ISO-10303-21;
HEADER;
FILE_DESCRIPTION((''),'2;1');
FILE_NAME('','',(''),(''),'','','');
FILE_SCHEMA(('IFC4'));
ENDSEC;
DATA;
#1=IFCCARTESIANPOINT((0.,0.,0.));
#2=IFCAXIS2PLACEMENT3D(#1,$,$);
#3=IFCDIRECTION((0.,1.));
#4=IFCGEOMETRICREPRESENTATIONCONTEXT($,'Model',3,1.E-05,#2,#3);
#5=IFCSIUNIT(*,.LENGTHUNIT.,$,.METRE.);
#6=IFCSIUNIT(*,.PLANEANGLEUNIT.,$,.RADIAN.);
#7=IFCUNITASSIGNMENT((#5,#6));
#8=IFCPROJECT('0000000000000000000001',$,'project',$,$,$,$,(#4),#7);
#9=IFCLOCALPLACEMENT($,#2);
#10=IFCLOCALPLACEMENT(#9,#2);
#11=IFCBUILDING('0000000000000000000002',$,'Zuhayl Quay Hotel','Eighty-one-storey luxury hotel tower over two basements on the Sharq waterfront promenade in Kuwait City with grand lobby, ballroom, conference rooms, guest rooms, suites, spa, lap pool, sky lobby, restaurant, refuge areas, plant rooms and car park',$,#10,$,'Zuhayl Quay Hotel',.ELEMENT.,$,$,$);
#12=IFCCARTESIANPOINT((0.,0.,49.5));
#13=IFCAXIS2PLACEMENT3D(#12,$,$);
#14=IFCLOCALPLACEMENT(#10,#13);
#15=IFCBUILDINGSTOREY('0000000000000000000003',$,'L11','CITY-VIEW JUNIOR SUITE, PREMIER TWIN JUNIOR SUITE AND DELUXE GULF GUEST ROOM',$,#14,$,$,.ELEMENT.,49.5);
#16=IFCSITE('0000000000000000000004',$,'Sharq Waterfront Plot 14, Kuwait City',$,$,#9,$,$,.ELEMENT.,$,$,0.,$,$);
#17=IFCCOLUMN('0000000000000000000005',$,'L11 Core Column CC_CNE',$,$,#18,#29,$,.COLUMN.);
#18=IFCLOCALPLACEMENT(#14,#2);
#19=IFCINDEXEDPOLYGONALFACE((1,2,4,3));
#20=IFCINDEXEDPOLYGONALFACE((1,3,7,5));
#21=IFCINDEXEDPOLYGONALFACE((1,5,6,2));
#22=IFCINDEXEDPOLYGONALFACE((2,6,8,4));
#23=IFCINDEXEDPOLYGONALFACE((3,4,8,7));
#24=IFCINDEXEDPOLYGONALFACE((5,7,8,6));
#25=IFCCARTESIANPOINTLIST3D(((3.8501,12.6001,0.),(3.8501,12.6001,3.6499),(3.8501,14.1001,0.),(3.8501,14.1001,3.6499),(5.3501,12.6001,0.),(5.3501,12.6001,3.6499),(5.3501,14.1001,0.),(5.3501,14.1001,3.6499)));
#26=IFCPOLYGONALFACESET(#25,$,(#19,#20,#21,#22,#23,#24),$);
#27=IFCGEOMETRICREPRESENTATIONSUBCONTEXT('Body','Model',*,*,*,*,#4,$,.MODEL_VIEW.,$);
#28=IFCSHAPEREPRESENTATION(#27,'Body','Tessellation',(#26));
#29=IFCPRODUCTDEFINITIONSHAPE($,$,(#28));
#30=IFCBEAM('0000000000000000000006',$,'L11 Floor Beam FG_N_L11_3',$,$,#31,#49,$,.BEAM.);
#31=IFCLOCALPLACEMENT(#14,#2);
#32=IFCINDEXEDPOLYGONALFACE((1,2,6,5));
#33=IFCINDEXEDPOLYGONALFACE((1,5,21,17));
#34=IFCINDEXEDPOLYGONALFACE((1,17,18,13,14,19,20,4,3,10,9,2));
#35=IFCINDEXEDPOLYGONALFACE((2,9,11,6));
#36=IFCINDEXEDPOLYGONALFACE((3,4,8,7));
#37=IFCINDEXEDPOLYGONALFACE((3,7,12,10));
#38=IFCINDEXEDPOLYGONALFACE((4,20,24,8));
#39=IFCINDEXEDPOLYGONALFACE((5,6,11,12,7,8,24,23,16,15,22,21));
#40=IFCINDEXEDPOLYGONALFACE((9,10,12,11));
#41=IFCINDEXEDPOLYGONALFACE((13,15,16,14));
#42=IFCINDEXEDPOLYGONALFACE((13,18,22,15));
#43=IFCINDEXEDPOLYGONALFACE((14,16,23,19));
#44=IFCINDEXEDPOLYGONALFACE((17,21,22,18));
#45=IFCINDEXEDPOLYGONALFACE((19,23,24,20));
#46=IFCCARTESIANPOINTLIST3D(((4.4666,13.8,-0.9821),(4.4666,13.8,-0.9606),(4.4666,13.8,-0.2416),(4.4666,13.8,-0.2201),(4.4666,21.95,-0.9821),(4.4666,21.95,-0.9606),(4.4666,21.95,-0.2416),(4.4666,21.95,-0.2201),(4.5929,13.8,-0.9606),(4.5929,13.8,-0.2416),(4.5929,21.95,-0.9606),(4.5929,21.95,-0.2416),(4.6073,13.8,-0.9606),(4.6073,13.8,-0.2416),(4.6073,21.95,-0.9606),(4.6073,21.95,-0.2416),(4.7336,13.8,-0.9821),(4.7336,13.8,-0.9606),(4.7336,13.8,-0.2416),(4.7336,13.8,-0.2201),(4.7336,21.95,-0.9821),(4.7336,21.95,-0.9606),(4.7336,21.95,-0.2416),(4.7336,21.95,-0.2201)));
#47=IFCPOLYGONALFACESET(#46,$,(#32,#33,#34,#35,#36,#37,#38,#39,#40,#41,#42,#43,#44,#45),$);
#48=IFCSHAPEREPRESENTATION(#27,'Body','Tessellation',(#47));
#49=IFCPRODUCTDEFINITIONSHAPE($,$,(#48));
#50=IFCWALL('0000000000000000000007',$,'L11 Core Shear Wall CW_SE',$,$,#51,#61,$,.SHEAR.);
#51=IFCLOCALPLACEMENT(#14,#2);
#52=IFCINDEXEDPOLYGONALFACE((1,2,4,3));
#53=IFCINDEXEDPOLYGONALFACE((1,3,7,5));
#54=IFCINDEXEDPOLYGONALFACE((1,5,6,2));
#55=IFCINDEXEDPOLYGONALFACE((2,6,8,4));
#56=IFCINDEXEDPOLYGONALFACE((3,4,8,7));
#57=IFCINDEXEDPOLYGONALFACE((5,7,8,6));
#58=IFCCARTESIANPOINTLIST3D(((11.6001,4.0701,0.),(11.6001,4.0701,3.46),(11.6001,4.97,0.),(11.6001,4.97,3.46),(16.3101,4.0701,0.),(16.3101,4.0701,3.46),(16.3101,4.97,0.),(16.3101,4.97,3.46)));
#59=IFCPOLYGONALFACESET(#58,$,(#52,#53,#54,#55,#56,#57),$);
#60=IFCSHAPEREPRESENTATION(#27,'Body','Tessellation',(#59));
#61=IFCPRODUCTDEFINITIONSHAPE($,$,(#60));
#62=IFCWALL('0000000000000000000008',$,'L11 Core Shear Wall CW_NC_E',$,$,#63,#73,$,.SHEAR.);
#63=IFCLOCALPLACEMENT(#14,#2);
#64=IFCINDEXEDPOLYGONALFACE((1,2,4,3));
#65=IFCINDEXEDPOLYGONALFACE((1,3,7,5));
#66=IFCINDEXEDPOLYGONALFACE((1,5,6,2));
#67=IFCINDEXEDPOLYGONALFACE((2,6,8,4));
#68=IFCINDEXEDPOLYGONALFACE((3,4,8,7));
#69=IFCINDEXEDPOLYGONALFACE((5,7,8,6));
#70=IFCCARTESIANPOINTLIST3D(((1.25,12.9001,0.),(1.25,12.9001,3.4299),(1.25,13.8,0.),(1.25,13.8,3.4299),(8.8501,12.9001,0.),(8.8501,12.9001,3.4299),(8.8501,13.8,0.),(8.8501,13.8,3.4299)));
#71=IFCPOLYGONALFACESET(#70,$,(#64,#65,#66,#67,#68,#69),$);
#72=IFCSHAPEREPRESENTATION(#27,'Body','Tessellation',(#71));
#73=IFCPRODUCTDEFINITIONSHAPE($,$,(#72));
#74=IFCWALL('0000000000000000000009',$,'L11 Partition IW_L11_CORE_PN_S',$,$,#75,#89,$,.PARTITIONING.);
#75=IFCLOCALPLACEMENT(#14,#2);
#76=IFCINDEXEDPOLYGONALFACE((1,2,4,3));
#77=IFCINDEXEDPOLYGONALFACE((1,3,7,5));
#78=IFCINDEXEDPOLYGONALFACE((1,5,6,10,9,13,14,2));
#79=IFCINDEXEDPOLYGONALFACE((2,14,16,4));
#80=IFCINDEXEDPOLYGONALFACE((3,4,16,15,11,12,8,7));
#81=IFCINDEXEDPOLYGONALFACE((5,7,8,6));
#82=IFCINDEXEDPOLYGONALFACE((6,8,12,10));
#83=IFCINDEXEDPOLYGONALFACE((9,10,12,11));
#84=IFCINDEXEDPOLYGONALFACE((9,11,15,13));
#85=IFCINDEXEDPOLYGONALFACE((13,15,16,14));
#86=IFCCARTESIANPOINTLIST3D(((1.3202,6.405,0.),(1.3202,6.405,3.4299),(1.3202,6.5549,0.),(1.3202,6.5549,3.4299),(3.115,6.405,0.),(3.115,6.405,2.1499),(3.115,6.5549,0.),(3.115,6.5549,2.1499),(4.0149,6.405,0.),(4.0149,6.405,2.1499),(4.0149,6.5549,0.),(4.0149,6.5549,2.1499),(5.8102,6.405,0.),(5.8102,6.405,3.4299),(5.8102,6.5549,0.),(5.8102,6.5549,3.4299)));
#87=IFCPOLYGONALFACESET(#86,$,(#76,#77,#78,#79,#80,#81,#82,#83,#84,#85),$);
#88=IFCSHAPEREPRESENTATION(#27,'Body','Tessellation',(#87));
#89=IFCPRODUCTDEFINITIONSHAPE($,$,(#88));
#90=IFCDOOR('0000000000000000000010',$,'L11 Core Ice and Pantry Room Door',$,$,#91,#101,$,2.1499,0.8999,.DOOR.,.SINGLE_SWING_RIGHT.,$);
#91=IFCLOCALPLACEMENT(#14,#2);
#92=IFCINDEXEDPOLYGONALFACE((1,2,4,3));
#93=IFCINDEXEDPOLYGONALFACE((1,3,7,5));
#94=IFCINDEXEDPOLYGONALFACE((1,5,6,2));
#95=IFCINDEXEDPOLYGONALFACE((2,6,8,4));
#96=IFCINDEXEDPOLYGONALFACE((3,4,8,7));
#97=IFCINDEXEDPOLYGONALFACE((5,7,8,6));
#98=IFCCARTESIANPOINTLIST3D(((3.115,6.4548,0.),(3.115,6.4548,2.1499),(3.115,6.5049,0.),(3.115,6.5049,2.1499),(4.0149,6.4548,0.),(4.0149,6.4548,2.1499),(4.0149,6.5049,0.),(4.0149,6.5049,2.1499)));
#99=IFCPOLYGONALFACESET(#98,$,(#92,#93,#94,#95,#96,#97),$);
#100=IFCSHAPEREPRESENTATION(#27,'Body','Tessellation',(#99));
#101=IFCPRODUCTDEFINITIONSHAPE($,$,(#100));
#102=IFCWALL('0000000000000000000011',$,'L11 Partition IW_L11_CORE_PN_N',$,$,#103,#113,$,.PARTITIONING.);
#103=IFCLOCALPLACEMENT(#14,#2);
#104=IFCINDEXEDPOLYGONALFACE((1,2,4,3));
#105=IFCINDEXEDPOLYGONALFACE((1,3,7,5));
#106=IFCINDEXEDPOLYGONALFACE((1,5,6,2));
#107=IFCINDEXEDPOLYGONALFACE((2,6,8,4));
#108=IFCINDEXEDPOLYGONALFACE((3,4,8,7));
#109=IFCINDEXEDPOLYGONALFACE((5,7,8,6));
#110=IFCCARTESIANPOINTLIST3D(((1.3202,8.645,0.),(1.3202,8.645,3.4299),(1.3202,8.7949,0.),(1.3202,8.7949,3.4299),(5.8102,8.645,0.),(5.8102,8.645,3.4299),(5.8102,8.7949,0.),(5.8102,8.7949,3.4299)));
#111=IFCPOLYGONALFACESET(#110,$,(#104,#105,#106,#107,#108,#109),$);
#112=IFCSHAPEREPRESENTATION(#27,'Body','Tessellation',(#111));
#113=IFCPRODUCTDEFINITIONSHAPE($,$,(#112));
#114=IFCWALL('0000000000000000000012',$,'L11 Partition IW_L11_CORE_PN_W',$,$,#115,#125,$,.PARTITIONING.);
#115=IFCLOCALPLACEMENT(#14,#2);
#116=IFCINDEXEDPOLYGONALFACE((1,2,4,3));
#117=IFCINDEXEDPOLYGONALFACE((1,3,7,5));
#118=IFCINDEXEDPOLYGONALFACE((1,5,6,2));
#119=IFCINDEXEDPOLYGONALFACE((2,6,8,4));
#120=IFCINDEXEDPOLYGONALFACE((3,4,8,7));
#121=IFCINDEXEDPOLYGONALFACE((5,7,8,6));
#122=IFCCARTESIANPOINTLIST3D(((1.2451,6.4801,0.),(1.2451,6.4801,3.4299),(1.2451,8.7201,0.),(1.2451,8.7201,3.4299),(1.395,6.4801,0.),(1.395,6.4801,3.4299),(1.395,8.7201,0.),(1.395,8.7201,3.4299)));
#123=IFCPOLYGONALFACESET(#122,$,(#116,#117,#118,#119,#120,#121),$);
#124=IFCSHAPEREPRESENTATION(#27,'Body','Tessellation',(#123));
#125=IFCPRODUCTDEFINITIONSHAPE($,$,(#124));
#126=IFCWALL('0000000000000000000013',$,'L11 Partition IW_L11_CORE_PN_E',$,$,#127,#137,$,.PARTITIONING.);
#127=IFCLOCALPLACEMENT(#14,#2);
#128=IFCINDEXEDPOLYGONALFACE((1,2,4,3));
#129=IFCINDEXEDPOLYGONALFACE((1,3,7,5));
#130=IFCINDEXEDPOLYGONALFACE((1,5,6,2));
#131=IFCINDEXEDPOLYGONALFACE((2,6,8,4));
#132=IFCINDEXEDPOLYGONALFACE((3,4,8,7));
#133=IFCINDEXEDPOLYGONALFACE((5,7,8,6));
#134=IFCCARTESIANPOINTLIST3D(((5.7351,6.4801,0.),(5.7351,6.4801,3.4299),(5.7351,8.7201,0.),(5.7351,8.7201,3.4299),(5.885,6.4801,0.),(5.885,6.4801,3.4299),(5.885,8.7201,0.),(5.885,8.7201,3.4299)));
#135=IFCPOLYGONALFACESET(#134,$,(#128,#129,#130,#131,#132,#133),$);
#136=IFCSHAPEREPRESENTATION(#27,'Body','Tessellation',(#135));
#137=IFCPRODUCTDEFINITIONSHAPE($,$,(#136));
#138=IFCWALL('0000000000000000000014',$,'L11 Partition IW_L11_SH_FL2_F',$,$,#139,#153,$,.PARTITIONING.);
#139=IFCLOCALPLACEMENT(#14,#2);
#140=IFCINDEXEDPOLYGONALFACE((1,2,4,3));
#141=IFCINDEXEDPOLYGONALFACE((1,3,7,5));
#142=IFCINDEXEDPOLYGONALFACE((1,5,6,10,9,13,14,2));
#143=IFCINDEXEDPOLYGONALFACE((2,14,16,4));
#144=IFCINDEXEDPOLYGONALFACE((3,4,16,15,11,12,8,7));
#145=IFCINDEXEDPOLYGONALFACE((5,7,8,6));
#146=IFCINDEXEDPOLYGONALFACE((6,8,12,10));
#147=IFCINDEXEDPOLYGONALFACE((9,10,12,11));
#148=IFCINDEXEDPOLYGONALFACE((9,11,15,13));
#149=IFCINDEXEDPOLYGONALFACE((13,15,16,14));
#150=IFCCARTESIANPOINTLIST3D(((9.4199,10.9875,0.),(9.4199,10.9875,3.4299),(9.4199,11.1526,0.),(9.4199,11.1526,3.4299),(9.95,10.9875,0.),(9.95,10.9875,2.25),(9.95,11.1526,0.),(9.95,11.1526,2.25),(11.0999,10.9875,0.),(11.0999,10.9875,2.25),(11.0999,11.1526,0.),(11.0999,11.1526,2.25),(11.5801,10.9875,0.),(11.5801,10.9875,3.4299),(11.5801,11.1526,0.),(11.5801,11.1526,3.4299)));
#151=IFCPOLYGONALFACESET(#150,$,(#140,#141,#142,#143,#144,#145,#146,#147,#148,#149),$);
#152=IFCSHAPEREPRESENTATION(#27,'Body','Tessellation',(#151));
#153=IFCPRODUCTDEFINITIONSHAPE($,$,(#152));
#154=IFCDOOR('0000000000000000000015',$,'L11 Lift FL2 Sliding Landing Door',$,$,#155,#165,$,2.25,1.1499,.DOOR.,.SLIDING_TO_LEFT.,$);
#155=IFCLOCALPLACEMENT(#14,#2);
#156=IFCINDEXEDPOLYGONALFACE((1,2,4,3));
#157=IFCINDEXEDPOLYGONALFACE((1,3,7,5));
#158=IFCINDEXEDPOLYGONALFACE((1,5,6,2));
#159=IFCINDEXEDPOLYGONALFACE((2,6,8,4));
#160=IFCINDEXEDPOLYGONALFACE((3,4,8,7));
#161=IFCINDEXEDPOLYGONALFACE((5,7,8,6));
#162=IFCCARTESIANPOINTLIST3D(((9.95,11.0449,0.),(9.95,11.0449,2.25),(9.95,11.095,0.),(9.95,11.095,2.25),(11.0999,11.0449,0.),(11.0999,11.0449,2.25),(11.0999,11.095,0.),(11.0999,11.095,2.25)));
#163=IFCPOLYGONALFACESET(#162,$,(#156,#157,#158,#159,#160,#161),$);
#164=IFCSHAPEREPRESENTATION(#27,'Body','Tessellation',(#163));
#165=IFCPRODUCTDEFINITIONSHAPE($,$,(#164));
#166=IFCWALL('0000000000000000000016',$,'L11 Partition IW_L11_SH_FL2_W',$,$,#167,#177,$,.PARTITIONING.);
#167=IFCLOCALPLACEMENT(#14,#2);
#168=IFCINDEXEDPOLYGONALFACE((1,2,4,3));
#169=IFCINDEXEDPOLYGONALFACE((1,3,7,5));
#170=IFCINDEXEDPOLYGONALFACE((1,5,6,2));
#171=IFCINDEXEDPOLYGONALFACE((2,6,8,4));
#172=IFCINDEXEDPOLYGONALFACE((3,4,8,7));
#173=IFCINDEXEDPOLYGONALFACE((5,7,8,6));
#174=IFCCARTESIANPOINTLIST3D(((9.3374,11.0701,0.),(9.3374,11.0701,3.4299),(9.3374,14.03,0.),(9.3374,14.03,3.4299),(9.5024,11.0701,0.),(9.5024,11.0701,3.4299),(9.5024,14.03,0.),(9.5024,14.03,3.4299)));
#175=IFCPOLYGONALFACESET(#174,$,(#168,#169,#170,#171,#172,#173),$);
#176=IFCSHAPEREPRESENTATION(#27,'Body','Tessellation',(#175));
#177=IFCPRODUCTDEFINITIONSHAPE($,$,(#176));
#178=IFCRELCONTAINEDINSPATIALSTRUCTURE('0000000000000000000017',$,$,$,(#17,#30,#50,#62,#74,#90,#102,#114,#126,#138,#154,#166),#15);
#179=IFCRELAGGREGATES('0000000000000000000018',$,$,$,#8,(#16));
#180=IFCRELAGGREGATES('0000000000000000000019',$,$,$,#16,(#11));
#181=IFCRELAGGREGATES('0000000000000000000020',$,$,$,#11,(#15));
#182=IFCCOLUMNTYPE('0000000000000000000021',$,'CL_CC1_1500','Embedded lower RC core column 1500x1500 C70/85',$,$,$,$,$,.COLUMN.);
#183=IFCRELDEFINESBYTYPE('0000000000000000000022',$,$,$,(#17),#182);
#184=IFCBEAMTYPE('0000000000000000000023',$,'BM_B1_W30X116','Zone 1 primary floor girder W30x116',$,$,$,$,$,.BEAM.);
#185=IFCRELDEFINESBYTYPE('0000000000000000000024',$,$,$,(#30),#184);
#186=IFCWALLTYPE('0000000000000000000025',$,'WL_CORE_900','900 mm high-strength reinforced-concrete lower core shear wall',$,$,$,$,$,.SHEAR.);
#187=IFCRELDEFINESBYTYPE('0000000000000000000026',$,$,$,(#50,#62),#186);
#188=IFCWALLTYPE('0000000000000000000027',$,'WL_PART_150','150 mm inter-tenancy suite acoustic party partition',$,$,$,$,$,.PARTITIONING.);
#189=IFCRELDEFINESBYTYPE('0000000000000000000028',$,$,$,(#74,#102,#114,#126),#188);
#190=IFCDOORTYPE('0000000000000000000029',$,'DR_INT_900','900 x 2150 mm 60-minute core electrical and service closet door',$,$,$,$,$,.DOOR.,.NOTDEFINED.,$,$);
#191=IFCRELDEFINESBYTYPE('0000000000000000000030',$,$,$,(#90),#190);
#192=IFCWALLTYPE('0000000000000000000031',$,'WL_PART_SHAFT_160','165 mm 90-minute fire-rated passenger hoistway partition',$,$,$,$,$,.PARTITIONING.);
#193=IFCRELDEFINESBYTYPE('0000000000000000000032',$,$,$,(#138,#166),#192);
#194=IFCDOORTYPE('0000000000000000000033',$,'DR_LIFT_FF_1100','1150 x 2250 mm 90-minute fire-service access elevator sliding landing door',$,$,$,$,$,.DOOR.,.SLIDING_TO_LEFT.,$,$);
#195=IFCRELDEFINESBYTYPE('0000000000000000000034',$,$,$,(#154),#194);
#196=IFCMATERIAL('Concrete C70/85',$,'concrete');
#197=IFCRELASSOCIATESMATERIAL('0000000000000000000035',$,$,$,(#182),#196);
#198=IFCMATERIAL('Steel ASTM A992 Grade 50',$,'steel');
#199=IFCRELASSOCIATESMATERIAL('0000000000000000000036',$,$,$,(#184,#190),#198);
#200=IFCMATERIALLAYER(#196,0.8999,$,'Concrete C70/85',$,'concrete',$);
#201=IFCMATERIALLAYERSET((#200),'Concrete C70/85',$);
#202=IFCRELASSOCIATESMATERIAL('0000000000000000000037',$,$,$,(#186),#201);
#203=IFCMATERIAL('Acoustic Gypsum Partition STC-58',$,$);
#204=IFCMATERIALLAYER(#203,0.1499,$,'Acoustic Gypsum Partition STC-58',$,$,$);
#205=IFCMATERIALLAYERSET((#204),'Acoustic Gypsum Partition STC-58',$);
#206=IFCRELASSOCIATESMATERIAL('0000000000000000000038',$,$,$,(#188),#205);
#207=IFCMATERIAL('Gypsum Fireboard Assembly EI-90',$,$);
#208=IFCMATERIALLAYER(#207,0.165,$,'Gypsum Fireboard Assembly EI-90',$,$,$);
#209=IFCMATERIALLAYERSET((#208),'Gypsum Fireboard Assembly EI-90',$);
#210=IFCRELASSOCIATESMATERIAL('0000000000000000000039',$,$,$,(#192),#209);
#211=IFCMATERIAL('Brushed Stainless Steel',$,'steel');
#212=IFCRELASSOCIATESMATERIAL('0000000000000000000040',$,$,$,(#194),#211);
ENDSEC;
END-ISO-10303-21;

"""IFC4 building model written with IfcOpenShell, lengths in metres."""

from ifc_helpers import new_model, si_unit, direction, frame, frame_2d, origin, origin_2d, place, context, subcontext, project, spatial, rectangle, i_section, extrude, material, layer, layer_set, material_profile, profile_set, type_object, element, fill, save


model = new_model("IFC4")

# Units and contexts
model_context = context("Model", 3, precision=1e-05, world=origin(), true_north=direction((0.0, 1.0)))
body_context = subcontext(model_context, "Body", "Model", "MODEL_VIEW")
ifc_project = project(units=[si_unit("LENGTHUNIT", "METRE"), si_unit("PLANEANGLEUNIT", "RADIAN")], contexts=[model_context])

# Site, building, storey
site_placement = place(None, origin())
site = spatial("IfcSite", under=ifc_project, at=site_placement, Name="Sharq Waterfront Plot 14, Kuwait City", CompositionType="ELEMENT", RefElevation=0.0)
building_placement = place(site_placement, origin())
building = spatial("IfcBuilding", under=site, at=building_placement, Name="Zuhayl Quay Hotel", Description="Eighty-one-storey luxury hotel tower over two basements on the Sharq waterfront promenade in Kuwait City with grand lobby, ballroom, conference rooms, guest rooms, suites, spa, lap pool, sky lobby, restaurant, refuge areas, plant rooms and car park", LongName="Zuhayl Quay Hotel", CompositionType="ELEMENT")
storey_placement = place(building_placement, frame((0.0, 0.0, 49.5)))
storey = spatial("IfcBuildingStorey", under=building, at=storey_placement, Name="L11", Description="CITY-VIEW JUNIOR SUITE, PREMIER TWIN JUNIOR SUITE AND DELUXE GULF GUEST ROOM", CompositionType="ELEMENT", Elevation=49.5)

# Column
ifc_material_1 = material(Name="Concrete C70/85", Category="concrete")
ifc_material_profile_1 = material_profile(ifc_material_1, rectangle(XDim=1.5, YDim=1.5, at=origin_2d()), Name="RC1500X1500")
ifc_profile_set_1 = profile_set([ifc_material_profile_1], Name="Concrete C70/85")
column_type = type_object("IfcColumnType", Name="CL_CC1_1500", Description="Embedded lower RC core column 1500x1500 C70/85", PredefinedType="COLUMN", material=ifc_profile_set_1)
column_placement = place(storey_placement, frame((4.6001, 13.3501, 0.0), z_axis=(0.0, 0.0, 1.0), x_axis=(1.0, 0.0, 0.0)))
element("IfcColumn", 1, at=column_placement, inside=storey, type_object=column_type, Name="L11 Core Column CC_CNE", PredefinedType="COLUMN", context=body_context, shape_type="SweptSolid", body=[
    extrude(rectangle(XDim=1.5, YDim=1.5, at=origin_2d()), origin(), (0.0, 0.0, 1.0), 3.6499),
])

# Beam
ifc_material_2 = material(Name="Steel ASTM A992 Grade 50", Category="steel")
ifc_material_profile_2 = material_profile(ifc_material_2, i_section(OverallWidth=0.2671, OverallDepth=0.762, WebThickness=0.0144, FlangeThickness=0.0215, at=origin_2d()), Name="W30X116")
ifc_profile_set_2 = profile_set([ifc_material_profile_2], Name="Steel ASTM A992 Grade 50")
beam_type = type_object("IfcBeamType", Name="BM_B1_W30X116", Description="Zone 1 primary floor girder W30x116", PredefinedType="BEAM", material=ifc_profile_set_2)
beam_placement = place(storey_placement, frame((4.6001, 13.8, -0.6011), z_axis=(0.0, 1.0, 0.0), x_axis=(-1.0, 0.0, 0.0)))
element("IfcBeam", 2, at=beam_placement, inside=storey, type_object=beam_type, Name="L11 Floor Beam FG_N_L11_3", PredefinedType="BEAM", context=body_context, shape_type="SweptSolid", body=[
    extrude(i_section(OverallWidth=0.2671, OverallDepth=0.762, WebThickness=0.0144, FlangeThickness=0.0215, at=origin_2d()), origin(), (0.0, 0.0, 1.0), 8.1499),
])

# Walls
ifc_layer_1 = layer(ifc_material_1, 0.8999, Name="Concrete C70/85", Category="concrete")
ifc_layer_set_1 = layer_set([ifc_layer_1], Name="Concrete C70/85")
wall_type_1 = type_object("IfcWallType", Name="WL_CORE_900", Description="900 mm high-strength reinforced-concrete lower core shear wall", PredefinedType="SHEAR", material=ifc_layer_set_1)
wall_1_placement = place(storey_placement, frame((11.6001, 4.52, 0.0), z_axis=(0.0, 0.0, 1.0), x_axis=(1.0, 0.0, 0.0)))
element("IfcWall", 3, at=wall_1_placement, inside=storey, type_object=wall_type_1, Name="L11 Core Shear Wall CW_SE", PredefinedType="SHEAR", context=body_context, shape_type="SweptSolid", body=[
    extrude(rectangle(XDim=4.71, YDim=0.8999, at=frame_2d((2.355, 0.0))), origin(), (0.0, 0.0, 1.0), 3.46),
])
wall_2_placement = place(storey_placement, frame((1.25, 13.3501, 0.0), z_axis=(0.0, 0.0, 1.0), x_axis=(1.0, 0.0, 0.0)))
element("IfcWall", 4, at=wall_2_placement, inside=storey, type_object=wall_type_1, Name="L11 Core Shear Wall CW_NC_E", PredefinedType="SHEAR", context=body_context, shape_type="SweptSolid", body=[
    extrude(rectangle(XDim=7.6001, YDim=0.8999, at=frame_2d((3.8, 0.0))), origin(), (0.0, 0.0, 1.0), 3.4299),
])

# Wall, opening, door
ifc_material_3 = material(Name="Acoustic Gypsum Partition STC-58")
ifc_layer_2 = layer(ifc_material_3, 0.1499, Name="Acoustic Gypsum Partition STC-58")
ifc_layer_set_2 = layer_set([ifc_layer_2], Name="Acoustic Gypsum Partition STC-58")
wall_type_2 = type_object("IfcWallType", Name="WL_PART_150", Description="150 mm inter-tenancy suite acoustic party partition", PredefinedType="PARTITIONING", material=ifc_layer_set_2)
wall_3_placement = place(storey_placement, frame((1.3201, 6.48, 0.0), z_axis=(0.0, 0.0, 1.0), x_axis=(1.0, 0.0, 0.0)))
wall_3 = element("IfcWall", 5, at=wall_3_placement, inside=storey, type_object=wall_type_2, Name="L11 Partition IW_L11_CORE_PN_S", PredefinedType="PARTITIONING", context=body_context, shape_type="SweptSolid", body=[
    extrude(rectangle(XDim=4.49, YDim=0.1499, at=frame_2d((2.2451, 0.0))), origin(), (0.0, 0.0, 1.0), 3.4299),
])
opening_1_placement = place(wall_3_placement, frame((1.7949, 0.0, 0.0)))
opening_1 = element("IfcOpeningElement", 6, at=opening_1_placement, cuts=wall_3, PredefinedType="OPENING", context=body_context, shape_type="SweptSolid", body=[
    extrude(rectangle(XDim=0.8999, YDim=2.1499, at=frame_2d((0.45, 1.075))), frame((0.0, 0.085, 0.0), z_axis=(0.0, -1.0, 0.0), x_axis=(1.0, 0.0, 0.0)), (0.0, 0.0, 1.0), 0.1699),
])
door_type_1 = type_object("IfcDoorType", Name="DR_INT_900", Description="900 x 2150 mm 60-minute core electrical and service closet door", OperationType="NOTDEFINED", PredefinedType="DOOR", material=ifc_material_2)
door_1_placement = place(opening_1_placement, origin())
door_1 = element("IfcDoor", 7, at=door_1_placement, inside=storey, type_object=door_type_1, Name="L11 Core Ice and Pantry Room Door", OperationType="SINGLE_SWING_RIGHT", OverallHeight=2.1499, OverallWidth=0.8999, PredefinedType="DOOR", context=body_context, shape_type="SweptSolid", body=[
    extrude(rectangle(XDim=0.8999, YDim=2.1499, at=frame_2d((0.45, 1.075))), frame((0.0, 0.0249, 0.0), z_axis=(0.0, -1.0, 0.0), x_axis=(1.0, 0.0, 0.0)), (0.0, 0.0, 1.0), 0.05),
])
fill(opening_1, door_1)

# Walls
wall_4_placement = place(storey_placement, frame((1.3201, 8.72, 0.0), z_axis=(0.0, 0.0, 1.0), x_axis=(1.0, 0.0, 0.0)))
element("IfcWall", 8, at=wall_4_placement, inside=storey, type_object=wall_type_2, Name="L11 Partition IW_L11_CORE_PN_N", PredefinedType="PARTITIONING", context=body_context, shape_type="SweptSolid", body=[
    extrude(rectangle(XDim=4.49, YDim=0.1499, at=frame_2d((2.2451, 0.0))), origin(), (0.0, 0.0, 1.0), 3.4299),
])
for number, where, z_axis, x_axis, name in (
    (9, (1.3201, 6.48, 0.0), (0.0, 0.0, 1.0), (0.0, 1.0, 0.0), "L11 Partition IW_L11_CORE_PN_W"),
    (10, (5.8101, 6.48, 0.0), (0.0, 0.0, 1.0), (0.0, 1.0, 0.0), "L11 Partition IW_L11_CORE_PN_E"),
):
    element("IfcWall", number, at=place(storey_placement, frame(where, z_axis=z_axis, x_axis=x_axis)), inside=storey, type_object=wall_type_2, Name=name, PredefinedType="PARTITIONING", context=body_context, shape_type="SweptSolid", body=[
        extrude(rectangle(XDim=2.24, YDim=0.1499, at=frame_2d((1.1201, 0.0))), origin(), (0.0, 0.0, 1.0), 3.4299),
    ])

# Wall, opening, door
ifc_material_4 = material(Name="Gypsum Fireboard Assembly EI-90")
ifc_layer_3 = layer(ifc_material_4, 0.165, Name="Gypsum Fireboard Assembly EI-90")
ifc_layer_set_3 = layer_set([ifc_layer_3], Name="Gypsum Fireboard Assembly EI-90")
wall_type_3 = type_object("IfcWallType", Name="WL_PART_SHAFT_160", Description="165 mm 90-minute fire-rated passenger hoistway partition", PredefinedType="PARTITIONING", material=ifc_layer_set_3)
wall_5_placement = place(storey_placement, frame((9.4199, 11.0701, 0.0), z_axis=(0.0, 0.0, 1.0), x_axis=(1.0, 0.0, 0.0)))
wall_5 = element("IfcWall", 11, at=wall_5_placement, inside=storey, type_object=wall_type_3, Name="L11 Partition IW_L11_SH_FL2_F", PredefinedType="PARTITIONING", context=body_context, shape_type="SweptSolid", body=[
    extrude(rectangle(XDim=2.1602, YDim=0.165, at=frame_2d((1.0801, 0.0))), origin(), (0.0, 0.0, 1.0), 3.4299),
])
opening_2_placement = place(wall_5_placement, frame((0.53, 0.0, 0.0)))
opening_2 = element("IfcOpeningElement", 12, at=opening_2_placement, cuts=wall_5, PredefinedType="OPENING", context=body_context, shape_type="SweptSolid", body=[
    extrude(rectangle(XDim=1.1499, YDim=2.25, at=frame_2d((0.575, 1.125))), frame((0.0, 0.0925, 0.0), z_axis=(0.0, -1.0, 0.0), x_axis=(1.0, 0.0, 0.0)), (0.0, 0.0, 1.0), 0.1851),
])
ifc_material_5 = material(Name="Brushed Stainless Steel", Category="steel")
door_type_2 = type_object("IfcDoorType", Name="DR_LIFT_FF_1100", Description="1150 x 2250 mm 90-minute fire-service access elevator sliding landing door", OperationType="SLIDING_TO_LEFT", PredefinedType="DOOR", material=ifc_material_5)
door_2_placement = place(opening_2_placement, origin())
door_2 = element("IfcDoor", 13, at=door_2_placement, inside=storey, type_object=door_type_2, Name="L11 Lift FL2 Sliding Landing Door", OperationType="SLIDING_TO_LEFT", OverallHeight=2.25, OverallWidth=1.1499, PredefinedType="DOOR", context=body_context, shape_type="SweptSolid", body=[
    extrude(rectangle(XDim=1.1499, YDim=2.25, at=frame_2d((0.575, 1.125))), frame((0.0, 0.0249, 0.0), z_axis=(0.0, -1.0, 0.0), x_axis=(1.0, 0.0, 0.0)), (0.0, 0.0, 1.0), 0.05),
])
fill(opening_2, door_2)

# Wall
wall_6_placement = place(storey_placement, frame((9.4199, 11.0701, 0.0), z_axis=(0.0, 0.0, 1.0), x_axis=(0.0, 1.0, 0.0)))
element("IfcWall", 14, at=wall_6_placement, inside=storey, type_object=wall_type_3, Name="L11 Partition IW_L11_SH_FL2_W", PredefinedType="PARTITIONING", context=body_context, shape_type="SweptSolid", body=[
    extrude(rectangle(XDim=2.96, YDim=0.165, at=frame_2d((1.48, 0.0))), origin(), (0.0, 0.0, 1.0), 3.4299),
])

save(model, "model.ifc")
